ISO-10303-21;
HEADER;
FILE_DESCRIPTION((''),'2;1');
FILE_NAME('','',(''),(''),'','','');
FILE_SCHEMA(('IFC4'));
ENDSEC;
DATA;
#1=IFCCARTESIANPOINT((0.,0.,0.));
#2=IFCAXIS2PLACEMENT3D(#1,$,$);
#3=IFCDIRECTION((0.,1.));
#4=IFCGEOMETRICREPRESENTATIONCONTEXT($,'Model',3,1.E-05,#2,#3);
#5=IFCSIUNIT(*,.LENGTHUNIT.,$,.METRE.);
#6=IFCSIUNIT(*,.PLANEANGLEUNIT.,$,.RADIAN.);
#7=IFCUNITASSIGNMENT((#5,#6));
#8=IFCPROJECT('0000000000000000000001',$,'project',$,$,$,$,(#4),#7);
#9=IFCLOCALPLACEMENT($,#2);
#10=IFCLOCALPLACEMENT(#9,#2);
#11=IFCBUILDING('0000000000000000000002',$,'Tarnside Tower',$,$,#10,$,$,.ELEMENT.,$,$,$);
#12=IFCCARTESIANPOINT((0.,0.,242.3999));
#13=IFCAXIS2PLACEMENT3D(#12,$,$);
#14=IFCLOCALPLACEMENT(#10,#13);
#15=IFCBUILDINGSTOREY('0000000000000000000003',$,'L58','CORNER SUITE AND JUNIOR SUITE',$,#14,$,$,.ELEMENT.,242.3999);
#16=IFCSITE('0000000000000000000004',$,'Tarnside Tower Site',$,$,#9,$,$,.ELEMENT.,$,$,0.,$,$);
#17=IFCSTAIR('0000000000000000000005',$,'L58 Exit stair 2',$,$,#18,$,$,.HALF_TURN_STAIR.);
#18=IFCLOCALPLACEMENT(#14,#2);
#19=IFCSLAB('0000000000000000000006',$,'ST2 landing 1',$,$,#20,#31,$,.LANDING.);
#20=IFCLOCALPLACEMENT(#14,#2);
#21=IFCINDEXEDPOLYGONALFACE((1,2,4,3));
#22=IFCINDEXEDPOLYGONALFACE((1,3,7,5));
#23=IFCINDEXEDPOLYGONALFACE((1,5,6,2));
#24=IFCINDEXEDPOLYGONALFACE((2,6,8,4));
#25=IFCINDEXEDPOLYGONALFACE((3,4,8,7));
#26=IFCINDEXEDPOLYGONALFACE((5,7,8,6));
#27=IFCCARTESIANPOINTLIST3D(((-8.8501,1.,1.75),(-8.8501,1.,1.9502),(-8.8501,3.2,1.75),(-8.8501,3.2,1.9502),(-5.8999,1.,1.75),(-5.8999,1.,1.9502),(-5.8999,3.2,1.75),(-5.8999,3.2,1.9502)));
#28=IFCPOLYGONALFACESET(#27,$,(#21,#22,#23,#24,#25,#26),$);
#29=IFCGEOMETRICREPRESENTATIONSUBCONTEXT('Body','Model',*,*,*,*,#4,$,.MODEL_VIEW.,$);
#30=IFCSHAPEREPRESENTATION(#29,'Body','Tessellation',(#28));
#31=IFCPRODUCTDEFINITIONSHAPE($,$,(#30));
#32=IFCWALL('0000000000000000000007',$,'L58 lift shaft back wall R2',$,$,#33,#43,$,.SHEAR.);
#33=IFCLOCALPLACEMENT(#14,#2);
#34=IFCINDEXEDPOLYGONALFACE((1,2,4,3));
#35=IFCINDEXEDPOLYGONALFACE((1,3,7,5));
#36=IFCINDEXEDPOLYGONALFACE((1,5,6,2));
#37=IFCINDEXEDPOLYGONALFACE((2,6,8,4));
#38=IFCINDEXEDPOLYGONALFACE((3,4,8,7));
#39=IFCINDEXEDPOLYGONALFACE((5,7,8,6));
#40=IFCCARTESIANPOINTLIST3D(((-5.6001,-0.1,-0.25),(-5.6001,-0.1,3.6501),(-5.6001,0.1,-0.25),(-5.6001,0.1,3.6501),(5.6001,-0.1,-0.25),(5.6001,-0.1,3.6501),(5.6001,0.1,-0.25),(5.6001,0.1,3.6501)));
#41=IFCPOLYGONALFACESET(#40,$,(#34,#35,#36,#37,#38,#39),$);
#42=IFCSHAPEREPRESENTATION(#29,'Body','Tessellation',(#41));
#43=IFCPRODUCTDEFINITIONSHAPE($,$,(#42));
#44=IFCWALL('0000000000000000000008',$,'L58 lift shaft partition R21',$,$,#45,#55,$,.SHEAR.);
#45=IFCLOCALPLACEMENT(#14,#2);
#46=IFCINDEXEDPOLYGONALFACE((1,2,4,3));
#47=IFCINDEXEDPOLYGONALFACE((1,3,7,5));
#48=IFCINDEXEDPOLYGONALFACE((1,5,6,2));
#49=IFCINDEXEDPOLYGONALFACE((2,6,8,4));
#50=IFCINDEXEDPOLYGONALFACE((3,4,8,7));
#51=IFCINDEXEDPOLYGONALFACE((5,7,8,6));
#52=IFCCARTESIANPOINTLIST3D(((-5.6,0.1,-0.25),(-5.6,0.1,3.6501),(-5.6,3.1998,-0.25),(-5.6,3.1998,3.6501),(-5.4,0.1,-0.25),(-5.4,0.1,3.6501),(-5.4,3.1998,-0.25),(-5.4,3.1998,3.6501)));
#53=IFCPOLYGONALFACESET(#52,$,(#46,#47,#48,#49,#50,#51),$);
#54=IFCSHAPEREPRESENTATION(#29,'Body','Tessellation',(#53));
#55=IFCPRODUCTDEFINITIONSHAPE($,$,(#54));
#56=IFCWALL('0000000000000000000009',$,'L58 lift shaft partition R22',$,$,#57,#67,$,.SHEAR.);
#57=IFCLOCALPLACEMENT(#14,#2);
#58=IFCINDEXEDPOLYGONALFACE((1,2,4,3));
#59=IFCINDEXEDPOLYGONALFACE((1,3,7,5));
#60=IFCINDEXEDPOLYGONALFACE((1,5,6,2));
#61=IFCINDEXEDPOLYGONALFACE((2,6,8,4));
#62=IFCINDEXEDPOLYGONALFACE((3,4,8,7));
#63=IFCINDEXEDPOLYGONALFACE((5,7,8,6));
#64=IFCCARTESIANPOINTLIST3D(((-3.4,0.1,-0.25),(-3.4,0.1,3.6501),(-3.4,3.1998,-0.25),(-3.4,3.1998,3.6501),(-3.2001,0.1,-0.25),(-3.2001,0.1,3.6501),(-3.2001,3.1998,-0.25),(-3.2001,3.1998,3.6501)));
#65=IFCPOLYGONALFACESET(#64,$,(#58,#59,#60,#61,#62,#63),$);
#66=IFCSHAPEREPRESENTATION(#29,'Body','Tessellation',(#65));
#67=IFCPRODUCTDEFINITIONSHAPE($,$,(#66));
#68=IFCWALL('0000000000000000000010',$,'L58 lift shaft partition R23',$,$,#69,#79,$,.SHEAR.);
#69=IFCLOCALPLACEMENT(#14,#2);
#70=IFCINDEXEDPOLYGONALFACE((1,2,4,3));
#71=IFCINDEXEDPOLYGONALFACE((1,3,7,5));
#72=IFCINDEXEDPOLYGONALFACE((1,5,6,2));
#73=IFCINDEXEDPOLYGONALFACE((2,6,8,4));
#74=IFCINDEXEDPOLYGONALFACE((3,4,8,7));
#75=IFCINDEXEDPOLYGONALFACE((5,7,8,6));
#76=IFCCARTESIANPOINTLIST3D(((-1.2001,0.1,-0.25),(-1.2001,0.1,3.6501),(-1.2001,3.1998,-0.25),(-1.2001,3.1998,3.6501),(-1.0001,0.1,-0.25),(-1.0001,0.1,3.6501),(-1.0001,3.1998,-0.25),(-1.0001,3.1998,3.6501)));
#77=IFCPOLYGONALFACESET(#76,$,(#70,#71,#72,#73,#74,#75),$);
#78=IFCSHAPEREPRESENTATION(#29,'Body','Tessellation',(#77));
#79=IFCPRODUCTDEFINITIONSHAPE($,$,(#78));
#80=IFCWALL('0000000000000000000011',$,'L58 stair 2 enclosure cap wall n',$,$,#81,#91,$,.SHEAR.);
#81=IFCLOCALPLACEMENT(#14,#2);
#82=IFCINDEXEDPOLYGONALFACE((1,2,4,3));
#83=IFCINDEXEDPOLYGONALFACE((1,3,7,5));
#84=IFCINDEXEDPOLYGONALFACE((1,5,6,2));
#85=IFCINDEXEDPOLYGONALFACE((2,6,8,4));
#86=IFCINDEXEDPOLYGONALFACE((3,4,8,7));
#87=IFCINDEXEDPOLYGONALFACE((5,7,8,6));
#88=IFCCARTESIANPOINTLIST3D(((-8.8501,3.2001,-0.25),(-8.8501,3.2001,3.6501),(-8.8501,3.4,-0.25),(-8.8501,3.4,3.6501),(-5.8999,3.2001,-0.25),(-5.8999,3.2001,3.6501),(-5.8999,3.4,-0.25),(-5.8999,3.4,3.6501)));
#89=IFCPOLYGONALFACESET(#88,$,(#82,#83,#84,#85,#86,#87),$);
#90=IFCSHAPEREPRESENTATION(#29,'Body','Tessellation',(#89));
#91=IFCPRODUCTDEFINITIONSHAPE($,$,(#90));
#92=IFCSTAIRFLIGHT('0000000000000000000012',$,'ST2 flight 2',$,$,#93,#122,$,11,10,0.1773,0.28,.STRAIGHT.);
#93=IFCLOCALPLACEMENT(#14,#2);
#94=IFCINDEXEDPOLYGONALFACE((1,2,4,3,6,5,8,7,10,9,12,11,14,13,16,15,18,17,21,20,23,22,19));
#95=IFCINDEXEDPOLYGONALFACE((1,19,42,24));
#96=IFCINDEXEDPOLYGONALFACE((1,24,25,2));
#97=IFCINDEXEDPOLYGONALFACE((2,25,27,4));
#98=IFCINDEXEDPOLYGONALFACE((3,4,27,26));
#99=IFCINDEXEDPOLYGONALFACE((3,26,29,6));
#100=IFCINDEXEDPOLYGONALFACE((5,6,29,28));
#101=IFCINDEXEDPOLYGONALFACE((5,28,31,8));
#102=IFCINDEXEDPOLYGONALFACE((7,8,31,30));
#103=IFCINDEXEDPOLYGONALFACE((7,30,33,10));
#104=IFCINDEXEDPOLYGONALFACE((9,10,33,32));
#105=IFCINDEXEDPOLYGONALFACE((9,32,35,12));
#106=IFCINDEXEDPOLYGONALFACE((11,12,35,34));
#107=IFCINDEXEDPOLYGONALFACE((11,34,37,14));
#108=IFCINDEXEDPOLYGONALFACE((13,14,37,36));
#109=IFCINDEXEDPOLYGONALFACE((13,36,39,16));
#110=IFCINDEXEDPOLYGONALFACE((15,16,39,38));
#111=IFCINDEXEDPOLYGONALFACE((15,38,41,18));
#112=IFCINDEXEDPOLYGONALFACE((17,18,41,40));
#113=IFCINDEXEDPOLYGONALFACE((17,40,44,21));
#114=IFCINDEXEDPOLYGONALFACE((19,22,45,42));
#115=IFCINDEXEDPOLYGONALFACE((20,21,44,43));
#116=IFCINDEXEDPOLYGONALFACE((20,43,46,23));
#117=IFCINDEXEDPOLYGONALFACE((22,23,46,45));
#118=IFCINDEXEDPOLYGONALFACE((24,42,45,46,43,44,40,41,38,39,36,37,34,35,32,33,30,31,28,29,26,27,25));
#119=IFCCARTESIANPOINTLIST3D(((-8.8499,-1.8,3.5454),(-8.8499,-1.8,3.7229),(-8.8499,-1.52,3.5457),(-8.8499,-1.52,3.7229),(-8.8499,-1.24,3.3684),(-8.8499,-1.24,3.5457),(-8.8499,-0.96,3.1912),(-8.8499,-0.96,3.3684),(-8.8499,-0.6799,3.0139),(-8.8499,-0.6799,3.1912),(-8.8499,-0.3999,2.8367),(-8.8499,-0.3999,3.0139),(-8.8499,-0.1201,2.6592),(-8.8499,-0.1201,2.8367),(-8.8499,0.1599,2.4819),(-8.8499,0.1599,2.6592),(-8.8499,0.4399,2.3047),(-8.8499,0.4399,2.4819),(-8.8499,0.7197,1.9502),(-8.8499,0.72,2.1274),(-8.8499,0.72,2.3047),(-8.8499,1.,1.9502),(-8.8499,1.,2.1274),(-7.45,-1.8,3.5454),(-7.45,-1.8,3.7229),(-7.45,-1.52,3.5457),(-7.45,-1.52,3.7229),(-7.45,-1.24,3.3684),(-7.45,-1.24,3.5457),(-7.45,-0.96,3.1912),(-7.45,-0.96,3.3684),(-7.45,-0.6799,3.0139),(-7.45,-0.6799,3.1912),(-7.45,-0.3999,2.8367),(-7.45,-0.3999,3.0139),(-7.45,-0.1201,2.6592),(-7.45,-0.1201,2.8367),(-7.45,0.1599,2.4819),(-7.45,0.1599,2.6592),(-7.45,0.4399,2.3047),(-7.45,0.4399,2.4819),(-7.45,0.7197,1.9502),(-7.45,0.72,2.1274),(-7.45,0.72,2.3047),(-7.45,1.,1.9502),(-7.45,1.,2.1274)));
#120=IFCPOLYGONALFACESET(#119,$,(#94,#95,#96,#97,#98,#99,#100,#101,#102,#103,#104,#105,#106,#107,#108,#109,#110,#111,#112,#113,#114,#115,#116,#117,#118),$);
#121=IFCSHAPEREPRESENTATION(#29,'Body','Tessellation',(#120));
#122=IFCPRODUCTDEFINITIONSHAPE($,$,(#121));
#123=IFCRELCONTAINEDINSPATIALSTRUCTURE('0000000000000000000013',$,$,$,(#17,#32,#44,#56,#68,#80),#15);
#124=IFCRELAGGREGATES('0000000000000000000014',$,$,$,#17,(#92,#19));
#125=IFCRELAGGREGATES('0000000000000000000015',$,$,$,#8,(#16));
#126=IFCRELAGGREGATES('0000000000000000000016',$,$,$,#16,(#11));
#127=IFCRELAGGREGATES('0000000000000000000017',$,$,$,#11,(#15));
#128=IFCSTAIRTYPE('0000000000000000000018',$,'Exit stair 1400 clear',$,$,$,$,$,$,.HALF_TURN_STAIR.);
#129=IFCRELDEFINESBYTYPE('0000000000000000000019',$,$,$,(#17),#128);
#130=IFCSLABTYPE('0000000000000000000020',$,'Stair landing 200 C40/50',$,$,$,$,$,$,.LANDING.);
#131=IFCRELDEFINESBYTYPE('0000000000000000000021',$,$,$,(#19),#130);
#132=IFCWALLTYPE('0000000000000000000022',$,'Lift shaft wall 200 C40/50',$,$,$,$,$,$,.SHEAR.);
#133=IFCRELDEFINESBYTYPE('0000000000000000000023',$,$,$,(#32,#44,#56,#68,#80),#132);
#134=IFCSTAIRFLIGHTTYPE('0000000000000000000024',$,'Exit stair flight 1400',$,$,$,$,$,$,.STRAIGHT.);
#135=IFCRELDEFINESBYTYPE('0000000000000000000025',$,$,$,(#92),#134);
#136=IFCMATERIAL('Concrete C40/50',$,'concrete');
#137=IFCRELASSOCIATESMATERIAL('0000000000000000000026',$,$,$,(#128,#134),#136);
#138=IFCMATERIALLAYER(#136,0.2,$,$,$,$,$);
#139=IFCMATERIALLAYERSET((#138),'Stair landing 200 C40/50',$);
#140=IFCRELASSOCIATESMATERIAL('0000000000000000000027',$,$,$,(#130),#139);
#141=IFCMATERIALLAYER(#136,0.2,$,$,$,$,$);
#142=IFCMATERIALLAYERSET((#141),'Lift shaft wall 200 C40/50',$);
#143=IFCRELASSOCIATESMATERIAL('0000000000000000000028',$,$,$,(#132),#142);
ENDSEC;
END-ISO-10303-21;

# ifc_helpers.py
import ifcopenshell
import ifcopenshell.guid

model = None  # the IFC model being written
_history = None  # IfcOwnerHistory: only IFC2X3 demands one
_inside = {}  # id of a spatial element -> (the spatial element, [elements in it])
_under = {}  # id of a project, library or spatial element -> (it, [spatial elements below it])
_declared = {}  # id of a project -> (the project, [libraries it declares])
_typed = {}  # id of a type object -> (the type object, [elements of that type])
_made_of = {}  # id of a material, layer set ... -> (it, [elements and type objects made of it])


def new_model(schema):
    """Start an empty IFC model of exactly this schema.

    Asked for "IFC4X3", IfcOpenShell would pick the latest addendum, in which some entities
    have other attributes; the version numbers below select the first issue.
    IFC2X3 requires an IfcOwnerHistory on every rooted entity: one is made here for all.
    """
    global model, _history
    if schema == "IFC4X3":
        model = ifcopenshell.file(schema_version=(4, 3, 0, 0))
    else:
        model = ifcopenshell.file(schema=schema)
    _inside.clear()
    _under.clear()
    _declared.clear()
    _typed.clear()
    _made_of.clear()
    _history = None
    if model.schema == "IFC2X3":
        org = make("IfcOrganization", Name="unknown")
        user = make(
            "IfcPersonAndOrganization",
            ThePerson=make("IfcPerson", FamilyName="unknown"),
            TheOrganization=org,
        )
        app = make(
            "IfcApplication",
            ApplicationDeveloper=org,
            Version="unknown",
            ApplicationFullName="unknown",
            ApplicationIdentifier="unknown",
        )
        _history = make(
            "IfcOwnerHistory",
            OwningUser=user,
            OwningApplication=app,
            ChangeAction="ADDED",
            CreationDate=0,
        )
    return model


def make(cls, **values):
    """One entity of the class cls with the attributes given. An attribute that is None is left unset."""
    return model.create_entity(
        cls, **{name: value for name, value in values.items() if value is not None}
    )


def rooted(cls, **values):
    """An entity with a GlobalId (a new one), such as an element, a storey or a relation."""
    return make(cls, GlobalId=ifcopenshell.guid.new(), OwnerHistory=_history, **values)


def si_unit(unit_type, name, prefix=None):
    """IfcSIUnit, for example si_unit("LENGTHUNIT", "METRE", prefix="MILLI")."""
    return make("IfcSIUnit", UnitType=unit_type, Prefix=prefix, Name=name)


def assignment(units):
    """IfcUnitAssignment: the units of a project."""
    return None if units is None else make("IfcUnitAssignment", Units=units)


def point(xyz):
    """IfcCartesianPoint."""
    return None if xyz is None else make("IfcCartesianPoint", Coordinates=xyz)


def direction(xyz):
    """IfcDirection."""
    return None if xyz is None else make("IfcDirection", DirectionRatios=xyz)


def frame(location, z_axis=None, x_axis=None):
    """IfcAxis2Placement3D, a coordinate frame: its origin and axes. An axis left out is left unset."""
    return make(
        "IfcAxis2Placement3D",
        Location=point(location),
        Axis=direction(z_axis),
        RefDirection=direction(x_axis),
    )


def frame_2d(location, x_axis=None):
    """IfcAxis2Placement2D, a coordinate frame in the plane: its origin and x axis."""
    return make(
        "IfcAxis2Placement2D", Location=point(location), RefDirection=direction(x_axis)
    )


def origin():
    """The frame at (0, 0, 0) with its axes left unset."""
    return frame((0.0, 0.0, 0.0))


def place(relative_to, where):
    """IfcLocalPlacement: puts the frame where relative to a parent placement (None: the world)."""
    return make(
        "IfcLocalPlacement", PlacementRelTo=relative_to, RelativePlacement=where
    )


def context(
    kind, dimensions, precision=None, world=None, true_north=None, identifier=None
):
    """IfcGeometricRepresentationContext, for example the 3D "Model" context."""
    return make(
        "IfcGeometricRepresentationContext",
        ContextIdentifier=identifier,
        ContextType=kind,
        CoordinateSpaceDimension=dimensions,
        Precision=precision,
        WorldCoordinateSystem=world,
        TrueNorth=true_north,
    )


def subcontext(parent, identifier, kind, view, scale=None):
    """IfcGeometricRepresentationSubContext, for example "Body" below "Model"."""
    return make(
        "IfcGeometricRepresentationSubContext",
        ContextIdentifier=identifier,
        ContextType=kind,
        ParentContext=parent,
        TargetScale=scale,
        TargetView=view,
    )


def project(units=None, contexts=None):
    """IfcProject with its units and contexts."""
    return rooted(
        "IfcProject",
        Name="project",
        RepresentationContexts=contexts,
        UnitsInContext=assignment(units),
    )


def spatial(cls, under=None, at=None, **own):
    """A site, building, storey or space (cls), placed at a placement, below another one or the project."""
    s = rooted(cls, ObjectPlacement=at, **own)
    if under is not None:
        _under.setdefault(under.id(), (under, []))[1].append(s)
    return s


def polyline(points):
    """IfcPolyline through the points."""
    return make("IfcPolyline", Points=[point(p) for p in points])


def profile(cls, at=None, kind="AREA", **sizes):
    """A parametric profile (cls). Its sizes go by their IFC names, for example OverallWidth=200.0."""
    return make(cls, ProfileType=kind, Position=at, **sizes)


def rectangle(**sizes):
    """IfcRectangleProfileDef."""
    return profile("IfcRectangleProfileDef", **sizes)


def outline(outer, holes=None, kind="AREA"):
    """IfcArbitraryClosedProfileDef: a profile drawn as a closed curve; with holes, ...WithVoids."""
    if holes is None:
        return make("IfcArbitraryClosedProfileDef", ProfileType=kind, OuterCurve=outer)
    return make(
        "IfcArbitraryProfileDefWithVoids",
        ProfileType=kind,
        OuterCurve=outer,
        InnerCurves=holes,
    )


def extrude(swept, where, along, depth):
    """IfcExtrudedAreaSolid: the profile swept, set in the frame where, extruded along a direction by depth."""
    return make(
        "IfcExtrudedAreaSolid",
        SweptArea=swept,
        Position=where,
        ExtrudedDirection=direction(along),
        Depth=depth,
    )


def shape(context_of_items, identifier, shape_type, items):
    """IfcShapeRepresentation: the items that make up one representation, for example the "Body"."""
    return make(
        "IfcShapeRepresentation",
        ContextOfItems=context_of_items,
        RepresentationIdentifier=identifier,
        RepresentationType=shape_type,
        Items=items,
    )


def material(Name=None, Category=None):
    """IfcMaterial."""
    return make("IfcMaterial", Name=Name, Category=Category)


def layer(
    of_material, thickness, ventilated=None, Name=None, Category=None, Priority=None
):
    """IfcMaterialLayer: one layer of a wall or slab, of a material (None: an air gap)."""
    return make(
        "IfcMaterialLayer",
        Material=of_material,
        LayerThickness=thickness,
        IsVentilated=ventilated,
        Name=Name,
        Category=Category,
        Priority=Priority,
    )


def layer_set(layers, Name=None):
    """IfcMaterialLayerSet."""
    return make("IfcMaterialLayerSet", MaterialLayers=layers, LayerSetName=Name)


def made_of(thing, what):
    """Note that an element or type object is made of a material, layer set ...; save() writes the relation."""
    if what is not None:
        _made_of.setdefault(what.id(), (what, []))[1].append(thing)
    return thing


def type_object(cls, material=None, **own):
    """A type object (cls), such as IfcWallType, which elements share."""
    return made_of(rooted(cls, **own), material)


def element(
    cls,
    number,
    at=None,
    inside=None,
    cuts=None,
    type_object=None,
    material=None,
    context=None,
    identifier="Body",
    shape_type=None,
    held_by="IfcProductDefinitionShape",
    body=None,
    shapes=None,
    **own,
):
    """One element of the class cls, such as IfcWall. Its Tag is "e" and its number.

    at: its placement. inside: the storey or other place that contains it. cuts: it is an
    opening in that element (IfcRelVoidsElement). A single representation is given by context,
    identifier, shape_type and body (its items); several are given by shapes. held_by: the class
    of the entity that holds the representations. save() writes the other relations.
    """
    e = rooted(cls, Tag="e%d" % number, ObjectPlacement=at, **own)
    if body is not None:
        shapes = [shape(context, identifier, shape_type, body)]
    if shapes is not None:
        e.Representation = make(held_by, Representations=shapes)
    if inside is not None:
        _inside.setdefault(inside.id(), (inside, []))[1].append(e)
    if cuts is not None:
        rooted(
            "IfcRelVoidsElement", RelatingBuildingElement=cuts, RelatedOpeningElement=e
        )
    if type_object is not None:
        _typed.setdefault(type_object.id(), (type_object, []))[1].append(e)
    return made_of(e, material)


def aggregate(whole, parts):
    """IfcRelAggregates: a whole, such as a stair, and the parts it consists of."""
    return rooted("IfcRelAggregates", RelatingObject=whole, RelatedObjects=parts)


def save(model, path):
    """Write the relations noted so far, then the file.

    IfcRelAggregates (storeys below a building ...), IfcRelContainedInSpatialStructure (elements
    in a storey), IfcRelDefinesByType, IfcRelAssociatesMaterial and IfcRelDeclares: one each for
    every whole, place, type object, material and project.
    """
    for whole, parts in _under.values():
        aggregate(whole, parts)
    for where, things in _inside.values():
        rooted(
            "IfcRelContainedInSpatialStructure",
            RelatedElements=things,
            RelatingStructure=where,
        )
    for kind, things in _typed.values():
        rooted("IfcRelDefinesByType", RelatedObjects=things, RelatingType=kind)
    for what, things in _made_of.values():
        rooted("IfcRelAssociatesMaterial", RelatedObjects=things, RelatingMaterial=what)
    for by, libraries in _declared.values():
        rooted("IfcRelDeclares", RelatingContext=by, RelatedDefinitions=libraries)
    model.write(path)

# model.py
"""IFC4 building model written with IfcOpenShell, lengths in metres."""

from ifc_helpers import new_model, si_unit, direction, frame, frame_2d, origin, place, context, subcontext, project, spatial, polyline, rectangle, outline, extrude, material, layer, layer_set, type_object, element, aggregate, save


model = new_model("IFC4")

# Units and contexts
model_context = context("Model", 3, precision=1e-05, world=origin(), true_north=direction((0.0, 1.0)))
body_context = subcontext(model_context, "Body", "Model", "MODEL_VIEW")
ifc_project = project(units=[si_unit("LENGTHUNIT", "METRE"), si_unit("PLANEANGLEUNIT", "RADIAN")], contexts=[model_context])

# Site, building, storey
site_placement = place(None, origin())
site = spatial("IfcSite", under=ifc_project, at=site_placement, Name="Tarnside Tower Site", CompositionType="ELEMENT", RefElevation=0.0)
building_placement = place(site_placement, origin())
building = spatial("IfcBuilding", under=site, at=building_placement, Name="Tarnside Tower", CompositionType="ELEMENT")
storey_placement = place(building_placement, frame((0.0, 0.0, 242.3999)))
storey = spatial("IfcBuildingStorey", under=building, at=storey_placement, Name="L58", Description="CORNER SUITE AND JUNIOR SUITE", CompositionType="ELEMENT", Elevation=242.3999)

# Shared definitions
ifc_material_1 = material(Name="Concrete C40/50", Category="concrete")

# Stair, slab
stair_type = type_object("IfcStairType", Name="Exit stair 1400 clear", PredefinedType="HALF_TURN_STAIR", material=ifc_material_1)
ifc_layer_1 = layer(ifc_material_1, 0.2)
ifc_layer_set_1 = layer_set([ifc_layer_1], Name="Stair landing 200 C40/50")
slab_type_1 = type_object("IfcSlabType", Name="Stair landing 200 C40/50", PredefinedType="LANDING", material=ifc_layer_set_1)
stair_1_placement = place(storey_placement, origin())
stair_1 = element("IfcStair", 1, at=stair_1_placement, inside=storey, type_object=stair_type, Name="L58 Exit stair 2", PredefinedType="HALF_TURN_STAIR")
slab_1_placement = place(storey_placement, frame((0.0, 0.0, 1.75)))
slab_1 = element("IfcSlab", 2, at=slab_1_placement, type_object=slab_type_1, Name="ST2 landing 1", PredefinedType="LANDING", context=body_context, shape_type="SweptSolid", body=[
    extrude(outline(polyline([(-5.8999, 1.0), (-5.8999, 3.2), (-8.8501, 3.2), (-8.8501, 1.0), (-5.8999, 1.0)])), origin(), (0.0, 0.0, 1.0), 0.2002),
])

# Walls
ifc_layer_2 = layer(ifc_material_1, 0.2)
ifc_layer_set_2 = layer_set([ifc_layer_2], Name="Lift shaft wall 200 C40/50")
wall_type = type_object("IfcWallType", Name="Lift shaft wall 200 C40/50", PredefinedType="SHEAR", material=ifc_layer_set_2)
wall_1_placement = place(storey_placement, frame((-5.6001, 0.0, -0.25), z_axis=(0.0, 0.0, 1.0), x_axis=(1.0, 0.0, 0.0)))
element("IfcWall", 3, at=wall_1_placement, inside=storey, type_object=wall_type, Name="L58 lift shaft back wall R2", PredefinedType="SHEAR", context=body_context, shape_type="SweptSolid", body=[
    extrude(rectangle(XDim=11.2002, YDim=0.2, at=frame_2d((5.6001, 0.0))), origin(), (0.0, 0.0, 1.0), 3.9001),
])
for number, where, z_axis, x_axis, name in (
    (4, (-5.5, 0.1001, -0.25), (0.0, 0.0, 1.0), (0.0, 1.0, 0.0), "L58 lift shaft partition R21"),
    (5, (-3.3, 0.1001, -0.25), (0.0, 0.0, 1.0), (0.0, 1.0, 0.0), "L58 lift shaft partition R22"),
    (6, (-1.1001, 0.1001, -0.25), (0.0, 0.0, 1.0), (0.0, 1.0, 0.0), "L58 lift shaft partition R23"),
):
    element("IfcWall", number, at=place(storey_placement, frame(where, z_axis=z_axis, x_axis=x_axis)), inside=storey, type_object=wall_type, Name=name, PredefinedType="SHEAR", context=body_context, shape_type="SweptSolid", body=[
        extrude(rectangle(XDim=3.0999, YDim=0.2, at=frame_2d((1.5498, 0.0))), origin(), (0.0, 0.0, 1.0), 3.9001),
    ])
wall_2_placement = place(storey_placement, frame((-8.8501, 3.3, -0.25), z_axis=(0.0, 0.0, 1.0), x_axis=(1.0, 0.0, 0.0)))
element("IfcWall", 7, at=wall_2_placement, inside=storey, type_object=wall_type, Name="L58 stair 2 enclosure cap wall n", PredefinedType="SHEAR", context=body_context, shape_type="SweptSolid", body=[
    extrude(rectangle(XDim=2.9502, YDim=0.2, at=frame_2d((1.4751, 0.0))), origin(), (0.0, 0.0, 1.0), 3.9001),
])

# Stair flight
stair_flight_type = type_object("IfcStairFlightType", Name="Exit stair flight 1400", PredefinedType="STRAIGHT", material=ifc_material_1)
stair_flight_placement = place(storey_placement, frame((-8.1499, 1.0, 1.9502), z_axis=(0.0, 0.0, 1.0), x_axis=(0.0, -1.0, 0.0)))
stair_flight = element("IfcStairFlight", 8, at=stair_flight_placement, type_object=stair_flight_type, Name="ST2 flight 2", NumberOfRisers=11, NumberOfTreads=10, PredefinedType="STRAIGHT", RiserHeight=0.1773, TreadLength=0.28, context=body_context, shape_type="SweptSolid", body=[
    extrude(outline(polyline([(0.0, 0.0), (0.0, 0.1772), (0.28, 0.1772), (0.28, 0.3545), (0.5601, 0.3545), (0.5601, 0.5317), (0.8401, 0.5317), (0.8401, 0.709), (1.1201, 0.709), (1.1201, 0.8865), (1.3999, 0.8865), (1.3999, 1.0637), (1.6799, 1.0637), (1.6799, 1.241), (1.96, 1.241), (1.96, 1.4182), (2.24, 1.4182), (2.24, 1.5955), (2.52, 1.5955), (2.52, 1.7727), (2.8, 1.7727), (2.8, 1.95), (2.8, 1.5952), (0.2803, 0.0), (0.0, 0.0)])), frame((0.0, 0.7, 0.0), z_axis=(0.0, -1.0, 0.0), x_axis=(1.0, 0.0, 0.0)), (0.0, 0.0, 1.0), 1.3999),
])
aggregate(stair_1, [stair_flight, slab_1])

save(model, "model.ifc")
